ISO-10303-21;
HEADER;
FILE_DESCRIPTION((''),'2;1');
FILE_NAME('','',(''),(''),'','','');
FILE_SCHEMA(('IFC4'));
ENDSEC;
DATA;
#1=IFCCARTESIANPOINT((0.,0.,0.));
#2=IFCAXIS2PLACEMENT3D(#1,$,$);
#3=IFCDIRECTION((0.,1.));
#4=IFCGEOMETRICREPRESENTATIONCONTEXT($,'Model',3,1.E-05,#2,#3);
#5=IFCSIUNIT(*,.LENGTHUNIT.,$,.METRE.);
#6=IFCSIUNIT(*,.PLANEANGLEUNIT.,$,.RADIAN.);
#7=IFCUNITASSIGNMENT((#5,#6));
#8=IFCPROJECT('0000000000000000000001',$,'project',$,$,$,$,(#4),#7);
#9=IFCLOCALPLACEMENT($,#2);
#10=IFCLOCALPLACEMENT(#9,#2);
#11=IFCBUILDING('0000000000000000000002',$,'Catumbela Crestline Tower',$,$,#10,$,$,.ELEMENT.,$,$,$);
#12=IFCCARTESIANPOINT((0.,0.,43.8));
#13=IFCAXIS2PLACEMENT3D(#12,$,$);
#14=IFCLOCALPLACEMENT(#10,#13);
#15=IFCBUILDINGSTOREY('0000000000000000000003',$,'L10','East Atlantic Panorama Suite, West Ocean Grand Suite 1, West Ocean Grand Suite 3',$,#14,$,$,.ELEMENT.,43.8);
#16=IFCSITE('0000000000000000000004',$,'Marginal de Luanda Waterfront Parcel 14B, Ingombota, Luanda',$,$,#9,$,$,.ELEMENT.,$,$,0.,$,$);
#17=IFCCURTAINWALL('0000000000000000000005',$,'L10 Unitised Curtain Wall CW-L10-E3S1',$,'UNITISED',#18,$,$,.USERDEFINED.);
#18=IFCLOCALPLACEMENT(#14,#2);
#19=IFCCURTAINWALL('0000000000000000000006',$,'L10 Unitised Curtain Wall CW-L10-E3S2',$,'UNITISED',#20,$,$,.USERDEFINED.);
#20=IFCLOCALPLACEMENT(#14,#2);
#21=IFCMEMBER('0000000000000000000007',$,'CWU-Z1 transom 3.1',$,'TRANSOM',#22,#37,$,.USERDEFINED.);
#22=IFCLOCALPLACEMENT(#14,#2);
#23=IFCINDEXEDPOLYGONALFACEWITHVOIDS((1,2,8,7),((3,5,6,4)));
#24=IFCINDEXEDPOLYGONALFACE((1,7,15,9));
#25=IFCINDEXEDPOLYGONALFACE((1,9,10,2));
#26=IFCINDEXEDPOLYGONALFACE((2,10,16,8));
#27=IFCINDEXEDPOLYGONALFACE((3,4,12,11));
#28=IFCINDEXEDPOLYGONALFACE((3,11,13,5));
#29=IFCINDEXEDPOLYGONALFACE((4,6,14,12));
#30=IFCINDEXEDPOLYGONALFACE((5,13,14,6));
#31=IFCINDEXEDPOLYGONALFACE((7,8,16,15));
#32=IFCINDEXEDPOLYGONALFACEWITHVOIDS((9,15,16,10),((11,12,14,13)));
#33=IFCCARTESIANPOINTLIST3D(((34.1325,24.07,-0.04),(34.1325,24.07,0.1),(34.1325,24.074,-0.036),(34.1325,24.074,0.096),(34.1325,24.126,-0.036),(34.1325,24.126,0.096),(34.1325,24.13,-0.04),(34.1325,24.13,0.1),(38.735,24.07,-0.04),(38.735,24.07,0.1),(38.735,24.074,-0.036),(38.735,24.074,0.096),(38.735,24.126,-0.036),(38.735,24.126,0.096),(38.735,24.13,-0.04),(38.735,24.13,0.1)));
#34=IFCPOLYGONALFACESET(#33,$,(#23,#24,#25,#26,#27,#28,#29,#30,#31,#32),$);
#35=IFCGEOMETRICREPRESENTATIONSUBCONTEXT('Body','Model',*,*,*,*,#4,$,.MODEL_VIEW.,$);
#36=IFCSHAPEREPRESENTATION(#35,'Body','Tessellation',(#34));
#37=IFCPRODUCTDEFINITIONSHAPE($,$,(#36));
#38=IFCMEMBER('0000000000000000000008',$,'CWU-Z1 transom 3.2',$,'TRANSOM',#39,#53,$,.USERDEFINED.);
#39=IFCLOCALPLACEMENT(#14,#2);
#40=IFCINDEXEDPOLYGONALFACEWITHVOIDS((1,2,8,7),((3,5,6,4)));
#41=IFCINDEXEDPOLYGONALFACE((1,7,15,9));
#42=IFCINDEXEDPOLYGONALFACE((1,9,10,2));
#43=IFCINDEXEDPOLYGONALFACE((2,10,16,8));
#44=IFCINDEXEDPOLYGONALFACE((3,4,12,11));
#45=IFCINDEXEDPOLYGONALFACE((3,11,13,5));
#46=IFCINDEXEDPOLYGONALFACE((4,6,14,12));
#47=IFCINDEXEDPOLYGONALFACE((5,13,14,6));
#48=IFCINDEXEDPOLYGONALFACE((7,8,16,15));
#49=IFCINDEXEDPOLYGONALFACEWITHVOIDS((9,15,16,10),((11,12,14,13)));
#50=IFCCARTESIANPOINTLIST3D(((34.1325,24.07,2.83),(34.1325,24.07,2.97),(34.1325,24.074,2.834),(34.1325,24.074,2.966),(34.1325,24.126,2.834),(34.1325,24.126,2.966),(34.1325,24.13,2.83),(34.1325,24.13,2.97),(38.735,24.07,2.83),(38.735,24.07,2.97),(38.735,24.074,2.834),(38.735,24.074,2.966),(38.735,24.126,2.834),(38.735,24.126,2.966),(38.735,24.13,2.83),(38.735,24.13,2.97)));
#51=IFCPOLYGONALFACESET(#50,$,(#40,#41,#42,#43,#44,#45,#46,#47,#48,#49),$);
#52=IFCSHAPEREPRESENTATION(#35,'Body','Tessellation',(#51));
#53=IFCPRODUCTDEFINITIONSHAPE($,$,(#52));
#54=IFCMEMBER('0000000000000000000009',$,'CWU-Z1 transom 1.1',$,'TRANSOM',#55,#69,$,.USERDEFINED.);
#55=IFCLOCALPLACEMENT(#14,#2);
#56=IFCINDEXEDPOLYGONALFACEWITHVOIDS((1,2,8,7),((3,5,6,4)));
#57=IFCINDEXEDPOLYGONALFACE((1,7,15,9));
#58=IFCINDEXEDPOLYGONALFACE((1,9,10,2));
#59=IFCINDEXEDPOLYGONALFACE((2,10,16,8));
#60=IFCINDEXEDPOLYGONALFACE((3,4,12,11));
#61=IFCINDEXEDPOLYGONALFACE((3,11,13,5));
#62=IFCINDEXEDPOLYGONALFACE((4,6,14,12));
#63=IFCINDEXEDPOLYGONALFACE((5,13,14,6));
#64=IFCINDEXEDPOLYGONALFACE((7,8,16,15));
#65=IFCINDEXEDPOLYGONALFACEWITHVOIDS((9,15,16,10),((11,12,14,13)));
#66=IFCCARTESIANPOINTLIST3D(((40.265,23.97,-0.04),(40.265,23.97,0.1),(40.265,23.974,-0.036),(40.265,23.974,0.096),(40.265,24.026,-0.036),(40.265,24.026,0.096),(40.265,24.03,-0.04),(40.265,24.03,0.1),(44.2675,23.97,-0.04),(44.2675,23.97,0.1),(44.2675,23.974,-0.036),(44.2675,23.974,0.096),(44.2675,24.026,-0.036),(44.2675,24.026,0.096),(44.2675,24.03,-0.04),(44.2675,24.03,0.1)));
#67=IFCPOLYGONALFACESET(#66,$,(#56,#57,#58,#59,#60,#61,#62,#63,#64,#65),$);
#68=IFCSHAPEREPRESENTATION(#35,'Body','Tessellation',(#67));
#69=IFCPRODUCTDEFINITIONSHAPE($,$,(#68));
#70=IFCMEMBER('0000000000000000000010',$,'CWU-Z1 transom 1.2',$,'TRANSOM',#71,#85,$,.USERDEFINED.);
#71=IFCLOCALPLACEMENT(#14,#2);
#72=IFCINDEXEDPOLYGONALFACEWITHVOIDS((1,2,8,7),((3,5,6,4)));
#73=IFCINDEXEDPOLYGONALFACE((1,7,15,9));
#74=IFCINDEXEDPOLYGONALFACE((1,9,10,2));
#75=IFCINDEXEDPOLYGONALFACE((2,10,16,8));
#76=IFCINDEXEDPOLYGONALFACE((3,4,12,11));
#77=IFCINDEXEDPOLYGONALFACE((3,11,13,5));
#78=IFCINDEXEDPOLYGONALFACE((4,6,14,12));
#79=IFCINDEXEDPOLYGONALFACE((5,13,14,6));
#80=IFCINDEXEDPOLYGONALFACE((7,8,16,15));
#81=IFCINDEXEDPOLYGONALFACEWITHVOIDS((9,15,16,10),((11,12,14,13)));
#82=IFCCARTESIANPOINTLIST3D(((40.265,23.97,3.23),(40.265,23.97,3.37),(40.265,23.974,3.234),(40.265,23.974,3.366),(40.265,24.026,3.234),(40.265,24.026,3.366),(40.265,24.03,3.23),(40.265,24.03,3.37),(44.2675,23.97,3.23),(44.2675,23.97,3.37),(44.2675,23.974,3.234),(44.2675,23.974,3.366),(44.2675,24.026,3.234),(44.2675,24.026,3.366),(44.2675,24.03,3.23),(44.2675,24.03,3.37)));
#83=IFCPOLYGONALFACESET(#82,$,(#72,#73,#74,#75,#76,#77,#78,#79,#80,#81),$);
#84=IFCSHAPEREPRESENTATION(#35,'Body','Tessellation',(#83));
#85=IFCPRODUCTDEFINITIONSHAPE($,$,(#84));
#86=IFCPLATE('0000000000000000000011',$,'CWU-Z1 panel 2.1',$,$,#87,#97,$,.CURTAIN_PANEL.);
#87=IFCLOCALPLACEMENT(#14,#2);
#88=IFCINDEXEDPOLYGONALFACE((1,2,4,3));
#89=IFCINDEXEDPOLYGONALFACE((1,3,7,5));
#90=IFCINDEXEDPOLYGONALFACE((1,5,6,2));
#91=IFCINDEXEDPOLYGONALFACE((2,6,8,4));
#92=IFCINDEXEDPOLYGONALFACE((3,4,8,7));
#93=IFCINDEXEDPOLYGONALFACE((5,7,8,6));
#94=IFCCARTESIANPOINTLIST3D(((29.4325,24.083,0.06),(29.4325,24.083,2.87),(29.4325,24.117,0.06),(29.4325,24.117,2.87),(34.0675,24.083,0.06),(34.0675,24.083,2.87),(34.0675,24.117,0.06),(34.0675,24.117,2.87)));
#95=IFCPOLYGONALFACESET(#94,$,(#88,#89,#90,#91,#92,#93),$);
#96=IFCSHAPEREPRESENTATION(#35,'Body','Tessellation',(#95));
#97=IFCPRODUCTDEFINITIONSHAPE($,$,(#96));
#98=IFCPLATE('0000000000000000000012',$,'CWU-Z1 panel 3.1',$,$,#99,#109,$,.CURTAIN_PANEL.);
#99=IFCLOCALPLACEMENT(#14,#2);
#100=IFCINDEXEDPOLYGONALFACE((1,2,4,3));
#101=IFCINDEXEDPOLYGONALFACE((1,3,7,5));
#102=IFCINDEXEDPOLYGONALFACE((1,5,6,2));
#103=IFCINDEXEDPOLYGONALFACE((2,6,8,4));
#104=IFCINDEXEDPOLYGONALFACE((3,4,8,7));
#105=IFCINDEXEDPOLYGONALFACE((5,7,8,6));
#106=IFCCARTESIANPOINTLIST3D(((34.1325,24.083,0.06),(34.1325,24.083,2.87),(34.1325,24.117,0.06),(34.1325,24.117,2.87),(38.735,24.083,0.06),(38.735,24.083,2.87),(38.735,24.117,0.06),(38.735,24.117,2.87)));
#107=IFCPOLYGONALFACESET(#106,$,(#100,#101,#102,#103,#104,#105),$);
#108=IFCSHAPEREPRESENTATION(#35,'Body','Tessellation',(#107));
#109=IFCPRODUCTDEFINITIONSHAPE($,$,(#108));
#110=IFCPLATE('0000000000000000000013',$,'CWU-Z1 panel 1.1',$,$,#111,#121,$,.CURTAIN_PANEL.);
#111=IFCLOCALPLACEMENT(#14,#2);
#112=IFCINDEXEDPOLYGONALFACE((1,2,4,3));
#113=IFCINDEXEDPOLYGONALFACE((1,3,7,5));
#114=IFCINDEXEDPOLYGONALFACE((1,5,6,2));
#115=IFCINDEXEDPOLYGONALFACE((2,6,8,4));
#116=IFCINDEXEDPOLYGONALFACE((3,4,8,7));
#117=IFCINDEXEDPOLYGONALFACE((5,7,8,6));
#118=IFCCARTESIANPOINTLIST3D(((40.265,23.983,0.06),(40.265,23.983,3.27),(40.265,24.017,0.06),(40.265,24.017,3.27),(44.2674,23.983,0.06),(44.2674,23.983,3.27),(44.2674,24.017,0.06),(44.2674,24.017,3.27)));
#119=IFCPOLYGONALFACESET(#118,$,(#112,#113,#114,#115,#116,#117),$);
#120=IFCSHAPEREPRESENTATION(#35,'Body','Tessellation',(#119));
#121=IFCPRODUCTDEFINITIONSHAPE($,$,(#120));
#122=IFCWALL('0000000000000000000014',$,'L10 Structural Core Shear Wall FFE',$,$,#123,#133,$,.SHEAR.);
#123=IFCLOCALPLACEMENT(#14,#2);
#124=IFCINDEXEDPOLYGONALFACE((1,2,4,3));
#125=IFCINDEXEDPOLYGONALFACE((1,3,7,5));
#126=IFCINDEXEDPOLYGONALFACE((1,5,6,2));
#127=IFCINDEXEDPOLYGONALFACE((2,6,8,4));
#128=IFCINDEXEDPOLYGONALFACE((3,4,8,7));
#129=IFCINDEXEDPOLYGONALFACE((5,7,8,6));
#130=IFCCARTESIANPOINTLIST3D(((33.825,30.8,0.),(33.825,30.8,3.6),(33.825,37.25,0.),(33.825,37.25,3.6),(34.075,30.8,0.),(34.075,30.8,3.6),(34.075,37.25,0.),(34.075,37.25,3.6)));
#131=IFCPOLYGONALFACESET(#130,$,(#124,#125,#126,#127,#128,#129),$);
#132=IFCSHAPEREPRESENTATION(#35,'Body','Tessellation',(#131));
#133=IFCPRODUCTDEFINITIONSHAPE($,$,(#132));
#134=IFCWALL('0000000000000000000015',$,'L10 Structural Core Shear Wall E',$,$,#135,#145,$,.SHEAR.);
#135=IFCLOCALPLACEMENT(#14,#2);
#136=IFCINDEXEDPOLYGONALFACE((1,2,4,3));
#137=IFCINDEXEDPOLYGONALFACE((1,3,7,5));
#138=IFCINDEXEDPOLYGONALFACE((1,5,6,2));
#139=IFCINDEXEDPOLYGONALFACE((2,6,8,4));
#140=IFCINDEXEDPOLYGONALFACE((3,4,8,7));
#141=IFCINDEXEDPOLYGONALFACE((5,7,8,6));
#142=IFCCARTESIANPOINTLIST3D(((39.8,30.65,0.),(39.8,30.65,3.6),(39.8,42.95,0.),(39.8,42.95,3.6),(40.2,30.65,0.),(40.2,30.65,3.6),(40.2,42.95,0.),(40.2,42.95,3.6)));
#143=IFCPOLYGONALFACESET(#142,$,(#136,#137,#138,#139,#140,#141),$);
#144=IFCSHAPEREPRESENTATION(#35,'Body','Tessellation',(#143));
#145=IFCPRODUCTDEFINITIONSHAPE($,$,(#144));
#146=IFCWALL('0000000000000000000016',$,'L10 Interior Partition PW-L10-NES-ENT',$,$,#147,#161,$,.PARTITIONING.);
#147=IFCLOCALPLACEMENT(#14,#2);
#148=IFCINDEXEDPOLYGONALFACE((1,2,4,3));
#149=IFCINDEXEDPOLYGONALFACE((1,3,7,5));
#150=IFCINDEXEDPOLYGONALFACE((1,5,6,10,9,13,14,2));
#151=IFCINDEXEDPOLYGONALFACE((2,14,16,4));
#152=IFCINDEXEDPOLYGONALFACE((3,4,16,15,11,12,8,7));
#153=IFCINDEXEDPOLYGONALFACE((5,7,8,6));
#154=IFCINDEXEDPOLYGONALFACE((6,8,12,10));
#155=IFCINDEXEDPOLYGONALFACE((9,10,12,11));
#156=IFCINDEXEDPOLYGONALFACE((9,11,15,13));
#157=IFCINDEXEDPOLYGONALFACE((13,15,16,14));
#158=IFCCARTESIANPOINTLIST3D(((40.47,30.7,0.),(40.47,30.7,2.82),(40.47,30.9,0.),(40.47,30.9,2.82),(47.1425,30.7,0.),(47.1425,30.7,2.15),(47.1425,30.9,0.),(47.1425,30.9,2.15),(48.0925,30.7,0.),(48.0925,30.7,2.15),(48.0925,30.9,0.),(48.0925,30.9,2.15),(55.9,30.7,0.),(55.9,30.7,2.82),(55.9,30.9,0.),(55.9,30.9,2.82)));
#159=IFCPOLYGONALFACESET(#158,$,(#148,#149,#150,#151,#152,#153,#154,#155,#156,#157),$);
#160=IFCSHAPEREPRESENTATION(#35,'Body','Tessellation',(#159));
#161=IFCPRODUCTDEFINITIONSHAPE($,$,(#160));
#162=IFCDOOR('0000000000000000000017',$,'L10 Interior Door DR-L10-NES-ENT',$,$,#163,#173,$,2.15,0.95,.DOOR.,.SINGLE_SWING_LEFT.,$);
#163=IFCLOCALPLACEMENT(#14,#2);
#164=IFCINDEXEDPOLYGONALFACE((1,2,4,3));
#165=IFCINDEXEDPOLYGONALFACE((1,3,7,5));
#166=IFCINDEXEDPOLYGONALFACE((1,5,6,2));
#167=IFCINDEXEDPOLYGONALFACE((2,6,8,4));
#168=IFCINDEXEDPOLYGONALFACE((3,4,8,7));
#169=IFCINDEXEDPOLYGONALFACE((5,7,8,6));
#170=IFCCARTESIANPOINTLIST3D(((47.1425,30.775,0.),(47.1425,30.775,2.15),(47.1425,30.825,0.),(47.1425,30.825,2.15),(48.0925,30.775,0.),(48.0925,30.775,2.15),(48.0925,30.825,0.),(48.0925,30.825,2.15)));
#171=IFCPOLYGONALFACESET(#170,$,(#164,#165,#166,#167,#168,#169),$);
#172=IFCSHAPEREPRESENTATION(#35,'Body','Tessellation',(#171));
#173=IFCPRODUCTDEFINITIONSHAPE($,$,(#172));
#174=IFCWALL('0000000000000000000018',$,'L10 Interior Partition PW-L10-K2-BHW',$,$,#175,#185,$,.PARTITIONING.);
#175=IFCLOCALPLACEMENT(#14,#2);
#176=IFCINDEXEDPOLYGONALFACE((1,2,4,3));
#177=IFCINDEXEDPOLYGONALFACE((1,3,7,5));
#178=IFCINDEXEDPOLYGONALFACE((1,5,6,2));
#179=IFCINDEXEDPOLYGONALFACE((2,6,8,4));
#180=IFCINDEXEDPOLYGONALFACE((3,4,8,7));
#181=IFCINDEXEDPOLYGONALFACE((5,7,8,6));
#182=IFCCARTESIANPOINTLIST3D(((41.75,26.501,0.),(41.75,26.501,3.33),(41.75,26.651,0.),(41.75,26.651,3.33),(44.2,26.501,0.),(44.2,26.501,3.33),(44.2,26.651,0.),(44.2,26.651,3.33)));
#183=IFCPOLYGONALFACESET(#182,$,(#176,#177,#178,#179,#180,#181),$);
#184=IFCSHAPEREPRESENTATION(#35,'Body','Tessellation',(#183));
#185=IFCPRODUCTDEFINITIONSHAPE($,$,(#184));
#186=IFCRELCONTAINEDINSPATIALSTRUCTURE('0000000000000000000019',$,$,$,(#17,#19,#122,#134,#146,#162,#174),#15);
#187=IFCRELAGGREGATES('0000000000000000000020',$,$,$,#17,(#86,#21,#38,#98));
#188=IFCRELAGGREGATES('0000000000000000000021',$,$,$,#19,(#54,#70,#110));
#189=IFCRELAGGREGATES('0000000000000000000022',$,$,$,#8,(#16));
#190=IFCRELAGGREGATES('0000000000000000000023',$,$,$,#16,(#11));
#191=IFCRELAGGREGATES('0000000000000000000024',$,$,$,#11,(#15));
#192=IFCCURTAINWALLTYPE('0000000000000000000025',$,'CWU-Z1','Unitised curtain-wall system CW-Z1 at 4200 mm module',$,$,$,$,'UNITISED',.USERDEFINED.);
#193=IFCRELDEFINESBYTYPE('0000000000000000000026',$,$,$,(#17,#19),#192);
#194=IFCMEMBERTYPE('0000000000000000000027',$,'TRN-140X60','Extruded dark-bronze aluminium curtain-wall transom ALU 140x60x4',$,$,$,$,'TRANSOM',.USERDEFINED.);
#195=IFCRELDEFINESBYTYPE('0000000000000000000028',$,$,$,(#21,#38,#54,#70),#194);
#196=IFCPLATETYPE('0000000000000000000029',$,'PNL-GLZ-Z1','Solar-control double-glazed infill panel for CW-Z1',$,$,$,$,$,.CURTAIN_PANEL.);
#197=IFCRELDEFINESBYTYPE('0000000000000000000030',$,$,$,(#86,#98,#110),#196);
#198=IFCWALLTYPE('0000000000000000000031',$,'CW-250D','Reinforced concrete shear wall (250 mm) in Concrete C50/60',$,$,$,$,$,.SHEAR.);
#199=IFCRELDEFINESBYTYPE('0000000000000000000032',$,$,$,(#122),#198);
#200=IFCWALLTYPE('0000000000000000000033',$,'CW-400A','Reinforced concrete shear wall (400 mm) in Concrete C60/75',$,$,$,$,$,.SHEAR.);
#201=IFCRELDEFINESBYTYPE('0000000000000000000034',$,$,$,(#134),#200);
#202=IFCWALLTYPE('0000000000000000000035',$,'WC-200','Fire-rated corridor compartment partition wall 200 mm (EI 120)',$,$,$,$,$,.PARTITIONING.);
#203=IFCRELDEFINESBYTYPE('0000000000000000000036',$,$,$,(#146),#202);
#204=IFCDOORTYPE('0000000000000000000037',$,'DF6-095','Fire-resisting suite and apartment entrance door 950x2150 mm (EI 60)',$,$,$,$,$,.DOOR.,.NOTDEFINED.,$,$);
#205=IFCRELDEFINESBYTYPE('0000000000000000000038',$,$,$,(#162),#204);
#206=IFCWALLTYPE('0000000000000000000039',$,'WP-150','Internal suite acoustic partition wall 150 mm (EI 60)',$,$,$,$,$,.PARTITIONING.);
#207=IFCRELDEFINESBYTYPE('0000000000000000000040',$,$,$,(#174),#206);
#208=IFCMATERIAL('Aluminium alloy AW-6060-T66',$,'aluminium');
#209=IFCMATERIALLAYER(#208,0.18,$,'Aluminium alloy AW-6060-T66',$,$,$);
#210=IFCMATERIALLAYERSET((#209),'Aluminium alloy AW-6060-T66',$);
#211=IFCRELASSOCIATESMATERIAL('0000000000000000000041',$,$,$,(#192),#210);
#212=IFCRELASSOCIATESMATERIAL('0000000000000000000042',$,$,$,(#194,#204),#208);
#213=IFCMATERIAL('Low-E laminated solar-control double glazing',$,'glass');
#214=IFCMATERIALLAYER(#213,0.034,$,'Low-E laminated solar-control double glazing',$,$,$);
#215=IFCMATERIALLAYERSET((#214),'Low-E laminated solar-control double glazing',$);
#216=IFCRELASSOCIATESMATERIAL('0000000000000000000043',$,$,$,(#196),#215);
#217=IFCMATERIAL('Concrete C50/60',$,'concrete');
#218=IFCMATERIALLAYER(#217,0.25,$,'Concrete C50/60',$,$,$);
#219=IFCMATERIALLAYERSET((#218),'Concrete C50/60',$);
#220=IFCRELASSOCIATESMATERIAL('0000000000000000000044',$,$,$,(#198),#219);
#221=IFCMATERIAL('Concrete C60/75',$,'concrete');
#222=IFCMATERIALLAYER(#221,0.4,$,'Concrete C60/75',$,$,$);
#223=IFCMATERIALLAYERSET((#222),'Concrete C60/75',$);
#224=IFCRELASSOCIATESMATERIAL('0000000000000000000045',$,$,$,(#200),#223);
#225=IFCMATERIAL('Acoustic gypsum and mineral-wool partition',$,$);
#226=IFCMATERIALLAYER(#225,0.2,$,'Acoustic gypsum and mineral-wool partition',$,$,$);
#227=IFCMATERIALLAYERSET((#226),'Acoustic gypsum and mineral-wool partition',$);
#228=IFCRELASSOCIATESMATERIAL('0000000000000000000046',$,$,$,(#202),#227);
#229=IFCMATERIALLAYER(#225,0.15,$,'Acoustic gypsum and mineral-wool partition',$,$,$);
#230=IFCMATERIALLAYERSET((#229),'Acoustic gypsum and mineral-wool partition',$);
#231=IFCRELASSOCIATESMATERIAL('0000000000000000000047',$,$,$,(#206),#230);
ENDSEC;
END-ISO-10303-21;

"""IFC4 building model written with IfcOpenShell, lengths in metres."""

from ifc_helpers import new_model, si_unit, direction, frame, frame_2d, origin, origin_2d, place, context, subcontext, project, spatial, rectangle, hollow_rectangle, extrude, material, layer, layer_set, material_profile, profile_set, type_object, element, fill, aggregate, save


model = new_model("IFC4")

# Units and contexts
model_context = context("Model", 3, precision=1e-05, world=origin(), true_north=direction((0.0, 1.0)))
body_context = subcontext(model_context, "Body", "Model", "MODEL_VIEW")
ifc_project = project(units=[si_unit("LENGTHUNIT", "METRE"), si_unit("PLANEANGLEUNIT", "RADIAN")], contexts=[model_context])

# Site, building, storey
site_placement = place(None, origin())
site = spatial("IfcSite", under=ifc_project, at=site_placement, Name="Marginal de Luanda Waterfront Parcel 14B, Ingombota, Luanda", CompositionType="ELEMENT", RefElevation=0.0)
building_placement = place(site_placement, origin())
building = spatial("IfcBuilding", under=site, at=building_placement, Name="Catumbela Crestline Tower", CompositionType="ELEMENT")
storey_placement = place(building_placement, frame((0.0, 0.0, 43.8)))
storey = spatial("IfcBuildingStorey", under=building, at=storey_placement, Name="L10", Description="East Atlantic Panorama Suite, West Ocean Grand Suite 1, West Ocean Grand Suite 3", CompositionType="ELEMENT", Elevation=43.8)

# Shared definitions
ifc_material_1 = material(Name="Concrete C60/75", Category="concrete")

# Curtain wall
ifc_material_2 = material(Name="Aluminium alloy AW-6060-T66", Category="aluminium")
ifc_layer_1 = layer(ifc_material_2, 0.18, Name="Aluminium alloy AW-6060-T66")
ifc_layer_set_1 = layer_set([ifc_layer_1], Name="Aluminium alloy AW-6060-T66")
curtain_wall_type = type_object("IfcCurtainWallType", Name="CWU-Z1", Description="Unitised curtain-wall system CW-Z1 at 4200 mm module", ElementType="UNITISED", PredefinedType="USERDEFINED", material=ifc_layer_set_1)
curtain_wall_1_placement = place(storey_placement, origin())
curtain_wall_1 = element("IfcCurtainWall", 1, at=curtain_wall_1_placement, inside=storey, type_object=curtain_wall_type, Name="L10 Unitised Curtain Wall CW-L10-E3S1", ObjectType="UNITISED", PredefinedType="USERDEFINED")

# Curtain wall
curtain_wall_2_placement = place(storey_placement, origin())
curtain_wall_2 = element("IfcCurtainWall", 2, at=curtain_wall_2_placement, inside=storey, type_object=curtain_wall_type, Name="L10 Unitised Curtain Wall CW-L10-E3S2", ObjectType="UNITISED", PredefinedType="USERDEFINED")

# Members
ifc_material_profile_1 = material_profile(ifc_material_2, hollow_rectangle(XDim=0.06, YDim=0.14, WallThickness=0.004, at=origin_2d()), Name="ALU 140x60x4")
ifc_profile_set_1 = profile_set([ifc_material_profile_1], Name="Aluminium alloy AW-6060-T66")
member_type_1 = type_object("IfcMemberType", Name="TRN-140X60", Description="Extruded dark-bronze aluminium curtain-wall transom ALU 140x60x4", ElementType="TRANSOM", PredefinedType="USERDEFINED", material=ifc_profile_set_1)
member_1_placement = place(storey_placement, frame((34.1325, 24.1, 0.03), z_axis=(1.0, 0.0, 0.0), x_axis=(0.0, 1.0, 0.0)))
member_1 = element("IfcMember", 3, at=member_1_placement, type_object=member_type_1, Name="CWU-Z1 transom 3.1", ObjectType="TRANSOM", PredefinedType="USERDEFINED", context=body_context, shape_type="SweptSolid", body=[
    extrude(hollow_rectangle(XDim=0.06, YDim=0.14, WallThickness=0.004, at=origin_2d()), origin(), (0.0, 0.0, 1.0), 4.6025),
])
member_2_placement = place(storey_placement, frame((34.1325, 24.1, 2.9), z_axis=(1.0, 0.0, 0.0), x_axis=(0.0, 1.0, 0.0)))
member_2 = element("IfcMember", 4, at=member_2_placement, type_object=member_type_1, Name="CWU-Z1 transom 3.2", ObjectType="TRANSOM", PredefinedType="USERDEFINED", context=body_context, shape_type="SweptSolid", body=[
    extrude(hollow_rectangle(XDim=0.06, YDim=0.14, WallThickness=0.004, at=origin_2d()), origin(), (0.0, 0.0, 1.0), 4.6025),
])
member_3_placement = place(storey_placement, frame((40.265, 24.0, 0.03), z_axis=(1.0, 0.0, 0.0), x_axis=(0.0, 1.0, 0.0)))
member_3 = element("IfcMember", 5, at=member_3_placement, type_object=member_type_1, Name="CWU-Z1 transom 1.1", ObjectType="TRANSOM", PredefinedType="USERDEFINED", context=body_context, shape_type="SweptSolid", body=[
    extrude(hollow_rectangle(XDim=0.06, YDim=0.14, WallThickness=0.004, at=origin_2d()), origin(), (0.0, 0.0, 1.0), 4.0025),
])
member_4_placement = place(storey_placement, frame((40.265, 24.0, 3.3), z_axis=(1.0, 0.0, 0.0), x_axis=(0.0, 1.0, 0.0)))
member_4 = element("IfcMember", 6, at=member_4_placement, type_object=member_type_1, Name="CWU-Z1 transom 1.2", ObjectType="TRANSOM", PredefinedType="USERDEFINED", context=body_context, shape_type="SweptSolid", body=[
    extrude(hollow_rectangle(XDim=0.06, YDim=0.14, WallThickness=0.004, at=origin_2d()), origin(), (0.0, 0.0, 1.0), 4.0025),
])

# Plates
ifc_material_3 = material(Name="Low-E laminated solar-control double glazing", Category="glass")
ifc_layer_2 = layer(ifc_material_3, 0.034, Name="Low-E laminated solar-control double glazing")
ifc_layer_set_2 = layer_set([ifc_layer_2], Name="Low-E laminated solar-control double glazing")
plate_type = type_object("IfcPlateType", Name="PNL-GLZ-Z1", Description="Solar-control double-glazed infill panel for CW-Z1", PredefinedType="CURTAIN_PANEL", material=ifc_layer_set_2)
plate_1_placement = place(storey_placement, frame((31.75, 24.1, 0.06), z_axis=(0.0, 0.0, 1.0), x_axis=(1.0, 0.0, 0.0)))
plate_1 = element("IfcPlate", 7, at=plate_1_placement, type_object=plate_type, Name="CWU-Z1 panel 2.1", PredefinedType="CURTAIN_PANEL", context=body_context, shape_type="SweptSolid", body=[
    extrude(rectangle(XDim=4.635, YDim=0.034, at=origin_2d()), origin(), (0.0, 0.0, 1.0), 2.81),
])
plate_2_placement = place(storey_placement, frame((36.4338, 24.1, 0.06), z_axis=(0.0, 0.0, 1.0), x_axis=(1.0, 0.0, 0.0)))
plate_2 = element("IfcPlate", 8, at=plate_2_placement, type_object=plate_type, Name="CWU-Z1 panel 3.1", PredefinedType="CURTAIN_PANEL", context=body_context, shape_type="SweptSolid", body=[
    extrude(rectangle(XDim=4.6025, YDim=0.034, at=origin_2d()), origin(), (0.0, 0.0, 1.0), 2.81),
])
aggregate(curtain_wall_1, [plate_1, member_1, member_2, plate_2])
plate_3_placement = place(storey_placement, frame((42.2662, 24.0, 0.06), z_axis=(0.0, 0.0, 1.0), x_axis=(1.0, 0.0, 0.0)))
plate_3 = element("IfcPlate", 9, at=plate_3_placement, type_object=plate_type, Name="CWU-Z1 panel 1.1", PredefinedType="CURTAIN_PANEL", context=body_context, shape_type="SweptSolid", body=[
    extrude(rectangle(XDim=4.0025, YDim=0.034, at=origin_2d()), origin(), (0.0, 0.0, 1.0), 3.21),
])
aggregate(curtain_wall_2, [member_3, member_4, plate_3])

# Walls
ifc_material_4 = material(Name="Concrete C50/60", Category="concrete")
ifc_layer_3 = layer(ifc_material_4, 0.25, Name="Concrete C50/60")
ifc_layer_set_3 = layer_set([ifc_layer_3], Name="Concrete C50/60")
wall_type_1 = type_object("IfcWallType", Name="CW-250D", Description="Reinforced concrete shear wall (250 mm) in Concrete C50/60", PredefinedType="SHEAR", material=ifc_layer_set_3)
wall_1_placement = place(storey_placement, frame((33.95, 30.8, 0.0), z_axis=(0.0, 0.0, 1.0), x_axis=(0.0, 1.0, 0.0)))
element("IfcWall", 10, at=wall_1_placement, inside=storey, type_object=wall_type_1, Name="L10 Structural Core Shear Wall FFE", PredefinedType="SHEAR", context=body_context, shape_type="SweptSolid", body=[
    extrude(rectangle(XDim=6.45, YDim=0.25, at=frame_2d((3.225, 0.0))), origin(), (0.0, 0.0, 1.0), 3.6),
])
ifc_layer_4 = layer(ifc_material_1, 0.4, Name="Concrete C60/75")
ifc_layer_set_4 = layer_set([ifc_layer_4], Name="Concrete C60/75")
wall_type_2 = type_object("IfcWallType", Name="CW-400A", Description="Reinforced concrete shear wall (400 mm) in Concrete C60/75", PredefinedType="SHEAR", material=ifc_layer_set_4)
wall_2_placement = place(storey_placement, frame((40.0, 30.65, 0.0), z_axis=(0.0, 0.0, 1.0), x_axis=(0.0, 1.0, 0.0)))
element("IfcWall", 11, at=wall_2_placement, inside=storey, type_object=wall_type_2, Name="L10 Structural Core Shear Wall E", PredefinedType="SHEAR", context=body_context, shape_type="SweptSolid", body=[
    extrude(rectangle(XDim=12.3, YDim=0.4, at=frame_2d((6.15, 0.0))), origin(), (0.0, 0.0, 1.0), 3.6),
])

# Wall, opening, door
ifc_material_5 = material(Name="Acoustic gypsum and mineral-wool partition")
ifc_layer_5 = layer(ifc_material_5, 0.2, Name="Acoustic gypsum and mineral-wool partition")
ifc_layer_set_5 = layer_set([ifc_layer_5], Name="Acoustic gypsum and mineral-wool partition")
wall_type_3 = type_object("IfcWallType", Name="WC-200", Description="Fire-rated corridor compartment partition wall 200 mm (EI 120)", PredefinedType="PARTITIONING", material=ifc_layer_set_5)
wall_3_placement = place(storey_placement, frame((40.47, 30.8, 0.0), z_axis=(0.0, 0.0, 1.0), x_axis=(1.0, 0.0, 0.0)))
wall_3 = element("IfcWall", 12, at=wall_3_placement, inside=storey, type_object=wall_type_3, Name="L10 Interior Partition PW-L10-NES-ENT", PredefinedType="PARTITIONING", context=body_context, shape_type="SweptSolid", body=[
    extrude(rectangle(XDim=15.43, YDim=0.2, at=frame_2d((7.715, 0.0))), origin(), (0.0, 0.0, 1.0), 2.82),
])
opening_1_placement = place(wall_3_placement, frame((6.6725, 0.0, 0.0)))
opening_1 = element("IfcOpeningElement", 13, at=opening_1_placement, cuts=wall_3, PredefinedType="OPENING", context=body_context, shape_type="SweptSolid", body=[
    extrude(rectangle(XDim=0.95, YDim=2.15, at=frame_2d((0.475, 1.075))), frame((0.0, 0.11, 0.0), z_axis=(0.0, -1.0, 0.0), x_axis=(1.0, 0.0, 0.0)), (0.0, 0.0, 1.0), 0.22),
])
door_type_1 = type_object("IfcDoorType", Name="DF6-095", Description="Fire-resisting suite and apartment entrance door 950x2150 mm (EI 60)", OperationType="NOTDEFINED", PredefinedType="DOOR", material=ifc_material_2)
door_1_placement = place(opening_1_placement, origin())
door_1 = element("IfcDoor", 14, at=door_1_placement, inside=storey, type_object=door_type_1, Name="L10 Interior Door DR-L10-NES-ENT", OperationType="SINGLE_SWING_LEFT", OverallHeight=2.15, OverallWidth=0.95, PredefinedType="DOOR", context=body_context, shape_type="SweptSolid", body=[
    extrude(rectangle(XDim=0.95, YDim=2.15, at=frame_2d((0.475, 1.075))), frame((0.0, 0.025, 0.0), z_axis=(0.0, -1.0, 0.0), x_axis=(1.0, 0.0, 0.0)), (0.0, 0.0, 1.0), 0.05),
])
fill(opening_1, door_1)

# Wall
ifc_layer_6 = layer(ifc_material_5, 0.15, Name="Acoustic gypsum and mineral-wool partition")
ifc_layer_set_6 = layer_set([ifc_layer_6], Name="Acoustic gypsum and mineral-wool partition")
wall_type_4 = type_object("IfcWallType", Name="WP-150", Description="Internal suite acoustic partition wall 150 mm (EI 60)", PredefinedType="PARTITIONING", material=ifc_layer_set_6)
wall_4_placement = place(storey_placement, frame((41.75, 26.576, 0.0), z_axis=(0.0, 0.0, 1.0), x_axis=(1.0, 0.0, 0.0)))
element("IfcWall", 15, at=wall_4_placement, inside=storey, type_object=wall_type_4, Name="L10 Interior Partition PW-L10-K2-BHW", PredefinedType="PARTITIONING", context=body_context, shape_type="SweptSolid", body=[
    extrude(rectangle(XDim=2.45, YDim=0.15, at=frame_2d((1.225, 0.0))), origin(), (0.0, 0.0, 1.0), 3.33),
])

save(model, "model.ifc")
